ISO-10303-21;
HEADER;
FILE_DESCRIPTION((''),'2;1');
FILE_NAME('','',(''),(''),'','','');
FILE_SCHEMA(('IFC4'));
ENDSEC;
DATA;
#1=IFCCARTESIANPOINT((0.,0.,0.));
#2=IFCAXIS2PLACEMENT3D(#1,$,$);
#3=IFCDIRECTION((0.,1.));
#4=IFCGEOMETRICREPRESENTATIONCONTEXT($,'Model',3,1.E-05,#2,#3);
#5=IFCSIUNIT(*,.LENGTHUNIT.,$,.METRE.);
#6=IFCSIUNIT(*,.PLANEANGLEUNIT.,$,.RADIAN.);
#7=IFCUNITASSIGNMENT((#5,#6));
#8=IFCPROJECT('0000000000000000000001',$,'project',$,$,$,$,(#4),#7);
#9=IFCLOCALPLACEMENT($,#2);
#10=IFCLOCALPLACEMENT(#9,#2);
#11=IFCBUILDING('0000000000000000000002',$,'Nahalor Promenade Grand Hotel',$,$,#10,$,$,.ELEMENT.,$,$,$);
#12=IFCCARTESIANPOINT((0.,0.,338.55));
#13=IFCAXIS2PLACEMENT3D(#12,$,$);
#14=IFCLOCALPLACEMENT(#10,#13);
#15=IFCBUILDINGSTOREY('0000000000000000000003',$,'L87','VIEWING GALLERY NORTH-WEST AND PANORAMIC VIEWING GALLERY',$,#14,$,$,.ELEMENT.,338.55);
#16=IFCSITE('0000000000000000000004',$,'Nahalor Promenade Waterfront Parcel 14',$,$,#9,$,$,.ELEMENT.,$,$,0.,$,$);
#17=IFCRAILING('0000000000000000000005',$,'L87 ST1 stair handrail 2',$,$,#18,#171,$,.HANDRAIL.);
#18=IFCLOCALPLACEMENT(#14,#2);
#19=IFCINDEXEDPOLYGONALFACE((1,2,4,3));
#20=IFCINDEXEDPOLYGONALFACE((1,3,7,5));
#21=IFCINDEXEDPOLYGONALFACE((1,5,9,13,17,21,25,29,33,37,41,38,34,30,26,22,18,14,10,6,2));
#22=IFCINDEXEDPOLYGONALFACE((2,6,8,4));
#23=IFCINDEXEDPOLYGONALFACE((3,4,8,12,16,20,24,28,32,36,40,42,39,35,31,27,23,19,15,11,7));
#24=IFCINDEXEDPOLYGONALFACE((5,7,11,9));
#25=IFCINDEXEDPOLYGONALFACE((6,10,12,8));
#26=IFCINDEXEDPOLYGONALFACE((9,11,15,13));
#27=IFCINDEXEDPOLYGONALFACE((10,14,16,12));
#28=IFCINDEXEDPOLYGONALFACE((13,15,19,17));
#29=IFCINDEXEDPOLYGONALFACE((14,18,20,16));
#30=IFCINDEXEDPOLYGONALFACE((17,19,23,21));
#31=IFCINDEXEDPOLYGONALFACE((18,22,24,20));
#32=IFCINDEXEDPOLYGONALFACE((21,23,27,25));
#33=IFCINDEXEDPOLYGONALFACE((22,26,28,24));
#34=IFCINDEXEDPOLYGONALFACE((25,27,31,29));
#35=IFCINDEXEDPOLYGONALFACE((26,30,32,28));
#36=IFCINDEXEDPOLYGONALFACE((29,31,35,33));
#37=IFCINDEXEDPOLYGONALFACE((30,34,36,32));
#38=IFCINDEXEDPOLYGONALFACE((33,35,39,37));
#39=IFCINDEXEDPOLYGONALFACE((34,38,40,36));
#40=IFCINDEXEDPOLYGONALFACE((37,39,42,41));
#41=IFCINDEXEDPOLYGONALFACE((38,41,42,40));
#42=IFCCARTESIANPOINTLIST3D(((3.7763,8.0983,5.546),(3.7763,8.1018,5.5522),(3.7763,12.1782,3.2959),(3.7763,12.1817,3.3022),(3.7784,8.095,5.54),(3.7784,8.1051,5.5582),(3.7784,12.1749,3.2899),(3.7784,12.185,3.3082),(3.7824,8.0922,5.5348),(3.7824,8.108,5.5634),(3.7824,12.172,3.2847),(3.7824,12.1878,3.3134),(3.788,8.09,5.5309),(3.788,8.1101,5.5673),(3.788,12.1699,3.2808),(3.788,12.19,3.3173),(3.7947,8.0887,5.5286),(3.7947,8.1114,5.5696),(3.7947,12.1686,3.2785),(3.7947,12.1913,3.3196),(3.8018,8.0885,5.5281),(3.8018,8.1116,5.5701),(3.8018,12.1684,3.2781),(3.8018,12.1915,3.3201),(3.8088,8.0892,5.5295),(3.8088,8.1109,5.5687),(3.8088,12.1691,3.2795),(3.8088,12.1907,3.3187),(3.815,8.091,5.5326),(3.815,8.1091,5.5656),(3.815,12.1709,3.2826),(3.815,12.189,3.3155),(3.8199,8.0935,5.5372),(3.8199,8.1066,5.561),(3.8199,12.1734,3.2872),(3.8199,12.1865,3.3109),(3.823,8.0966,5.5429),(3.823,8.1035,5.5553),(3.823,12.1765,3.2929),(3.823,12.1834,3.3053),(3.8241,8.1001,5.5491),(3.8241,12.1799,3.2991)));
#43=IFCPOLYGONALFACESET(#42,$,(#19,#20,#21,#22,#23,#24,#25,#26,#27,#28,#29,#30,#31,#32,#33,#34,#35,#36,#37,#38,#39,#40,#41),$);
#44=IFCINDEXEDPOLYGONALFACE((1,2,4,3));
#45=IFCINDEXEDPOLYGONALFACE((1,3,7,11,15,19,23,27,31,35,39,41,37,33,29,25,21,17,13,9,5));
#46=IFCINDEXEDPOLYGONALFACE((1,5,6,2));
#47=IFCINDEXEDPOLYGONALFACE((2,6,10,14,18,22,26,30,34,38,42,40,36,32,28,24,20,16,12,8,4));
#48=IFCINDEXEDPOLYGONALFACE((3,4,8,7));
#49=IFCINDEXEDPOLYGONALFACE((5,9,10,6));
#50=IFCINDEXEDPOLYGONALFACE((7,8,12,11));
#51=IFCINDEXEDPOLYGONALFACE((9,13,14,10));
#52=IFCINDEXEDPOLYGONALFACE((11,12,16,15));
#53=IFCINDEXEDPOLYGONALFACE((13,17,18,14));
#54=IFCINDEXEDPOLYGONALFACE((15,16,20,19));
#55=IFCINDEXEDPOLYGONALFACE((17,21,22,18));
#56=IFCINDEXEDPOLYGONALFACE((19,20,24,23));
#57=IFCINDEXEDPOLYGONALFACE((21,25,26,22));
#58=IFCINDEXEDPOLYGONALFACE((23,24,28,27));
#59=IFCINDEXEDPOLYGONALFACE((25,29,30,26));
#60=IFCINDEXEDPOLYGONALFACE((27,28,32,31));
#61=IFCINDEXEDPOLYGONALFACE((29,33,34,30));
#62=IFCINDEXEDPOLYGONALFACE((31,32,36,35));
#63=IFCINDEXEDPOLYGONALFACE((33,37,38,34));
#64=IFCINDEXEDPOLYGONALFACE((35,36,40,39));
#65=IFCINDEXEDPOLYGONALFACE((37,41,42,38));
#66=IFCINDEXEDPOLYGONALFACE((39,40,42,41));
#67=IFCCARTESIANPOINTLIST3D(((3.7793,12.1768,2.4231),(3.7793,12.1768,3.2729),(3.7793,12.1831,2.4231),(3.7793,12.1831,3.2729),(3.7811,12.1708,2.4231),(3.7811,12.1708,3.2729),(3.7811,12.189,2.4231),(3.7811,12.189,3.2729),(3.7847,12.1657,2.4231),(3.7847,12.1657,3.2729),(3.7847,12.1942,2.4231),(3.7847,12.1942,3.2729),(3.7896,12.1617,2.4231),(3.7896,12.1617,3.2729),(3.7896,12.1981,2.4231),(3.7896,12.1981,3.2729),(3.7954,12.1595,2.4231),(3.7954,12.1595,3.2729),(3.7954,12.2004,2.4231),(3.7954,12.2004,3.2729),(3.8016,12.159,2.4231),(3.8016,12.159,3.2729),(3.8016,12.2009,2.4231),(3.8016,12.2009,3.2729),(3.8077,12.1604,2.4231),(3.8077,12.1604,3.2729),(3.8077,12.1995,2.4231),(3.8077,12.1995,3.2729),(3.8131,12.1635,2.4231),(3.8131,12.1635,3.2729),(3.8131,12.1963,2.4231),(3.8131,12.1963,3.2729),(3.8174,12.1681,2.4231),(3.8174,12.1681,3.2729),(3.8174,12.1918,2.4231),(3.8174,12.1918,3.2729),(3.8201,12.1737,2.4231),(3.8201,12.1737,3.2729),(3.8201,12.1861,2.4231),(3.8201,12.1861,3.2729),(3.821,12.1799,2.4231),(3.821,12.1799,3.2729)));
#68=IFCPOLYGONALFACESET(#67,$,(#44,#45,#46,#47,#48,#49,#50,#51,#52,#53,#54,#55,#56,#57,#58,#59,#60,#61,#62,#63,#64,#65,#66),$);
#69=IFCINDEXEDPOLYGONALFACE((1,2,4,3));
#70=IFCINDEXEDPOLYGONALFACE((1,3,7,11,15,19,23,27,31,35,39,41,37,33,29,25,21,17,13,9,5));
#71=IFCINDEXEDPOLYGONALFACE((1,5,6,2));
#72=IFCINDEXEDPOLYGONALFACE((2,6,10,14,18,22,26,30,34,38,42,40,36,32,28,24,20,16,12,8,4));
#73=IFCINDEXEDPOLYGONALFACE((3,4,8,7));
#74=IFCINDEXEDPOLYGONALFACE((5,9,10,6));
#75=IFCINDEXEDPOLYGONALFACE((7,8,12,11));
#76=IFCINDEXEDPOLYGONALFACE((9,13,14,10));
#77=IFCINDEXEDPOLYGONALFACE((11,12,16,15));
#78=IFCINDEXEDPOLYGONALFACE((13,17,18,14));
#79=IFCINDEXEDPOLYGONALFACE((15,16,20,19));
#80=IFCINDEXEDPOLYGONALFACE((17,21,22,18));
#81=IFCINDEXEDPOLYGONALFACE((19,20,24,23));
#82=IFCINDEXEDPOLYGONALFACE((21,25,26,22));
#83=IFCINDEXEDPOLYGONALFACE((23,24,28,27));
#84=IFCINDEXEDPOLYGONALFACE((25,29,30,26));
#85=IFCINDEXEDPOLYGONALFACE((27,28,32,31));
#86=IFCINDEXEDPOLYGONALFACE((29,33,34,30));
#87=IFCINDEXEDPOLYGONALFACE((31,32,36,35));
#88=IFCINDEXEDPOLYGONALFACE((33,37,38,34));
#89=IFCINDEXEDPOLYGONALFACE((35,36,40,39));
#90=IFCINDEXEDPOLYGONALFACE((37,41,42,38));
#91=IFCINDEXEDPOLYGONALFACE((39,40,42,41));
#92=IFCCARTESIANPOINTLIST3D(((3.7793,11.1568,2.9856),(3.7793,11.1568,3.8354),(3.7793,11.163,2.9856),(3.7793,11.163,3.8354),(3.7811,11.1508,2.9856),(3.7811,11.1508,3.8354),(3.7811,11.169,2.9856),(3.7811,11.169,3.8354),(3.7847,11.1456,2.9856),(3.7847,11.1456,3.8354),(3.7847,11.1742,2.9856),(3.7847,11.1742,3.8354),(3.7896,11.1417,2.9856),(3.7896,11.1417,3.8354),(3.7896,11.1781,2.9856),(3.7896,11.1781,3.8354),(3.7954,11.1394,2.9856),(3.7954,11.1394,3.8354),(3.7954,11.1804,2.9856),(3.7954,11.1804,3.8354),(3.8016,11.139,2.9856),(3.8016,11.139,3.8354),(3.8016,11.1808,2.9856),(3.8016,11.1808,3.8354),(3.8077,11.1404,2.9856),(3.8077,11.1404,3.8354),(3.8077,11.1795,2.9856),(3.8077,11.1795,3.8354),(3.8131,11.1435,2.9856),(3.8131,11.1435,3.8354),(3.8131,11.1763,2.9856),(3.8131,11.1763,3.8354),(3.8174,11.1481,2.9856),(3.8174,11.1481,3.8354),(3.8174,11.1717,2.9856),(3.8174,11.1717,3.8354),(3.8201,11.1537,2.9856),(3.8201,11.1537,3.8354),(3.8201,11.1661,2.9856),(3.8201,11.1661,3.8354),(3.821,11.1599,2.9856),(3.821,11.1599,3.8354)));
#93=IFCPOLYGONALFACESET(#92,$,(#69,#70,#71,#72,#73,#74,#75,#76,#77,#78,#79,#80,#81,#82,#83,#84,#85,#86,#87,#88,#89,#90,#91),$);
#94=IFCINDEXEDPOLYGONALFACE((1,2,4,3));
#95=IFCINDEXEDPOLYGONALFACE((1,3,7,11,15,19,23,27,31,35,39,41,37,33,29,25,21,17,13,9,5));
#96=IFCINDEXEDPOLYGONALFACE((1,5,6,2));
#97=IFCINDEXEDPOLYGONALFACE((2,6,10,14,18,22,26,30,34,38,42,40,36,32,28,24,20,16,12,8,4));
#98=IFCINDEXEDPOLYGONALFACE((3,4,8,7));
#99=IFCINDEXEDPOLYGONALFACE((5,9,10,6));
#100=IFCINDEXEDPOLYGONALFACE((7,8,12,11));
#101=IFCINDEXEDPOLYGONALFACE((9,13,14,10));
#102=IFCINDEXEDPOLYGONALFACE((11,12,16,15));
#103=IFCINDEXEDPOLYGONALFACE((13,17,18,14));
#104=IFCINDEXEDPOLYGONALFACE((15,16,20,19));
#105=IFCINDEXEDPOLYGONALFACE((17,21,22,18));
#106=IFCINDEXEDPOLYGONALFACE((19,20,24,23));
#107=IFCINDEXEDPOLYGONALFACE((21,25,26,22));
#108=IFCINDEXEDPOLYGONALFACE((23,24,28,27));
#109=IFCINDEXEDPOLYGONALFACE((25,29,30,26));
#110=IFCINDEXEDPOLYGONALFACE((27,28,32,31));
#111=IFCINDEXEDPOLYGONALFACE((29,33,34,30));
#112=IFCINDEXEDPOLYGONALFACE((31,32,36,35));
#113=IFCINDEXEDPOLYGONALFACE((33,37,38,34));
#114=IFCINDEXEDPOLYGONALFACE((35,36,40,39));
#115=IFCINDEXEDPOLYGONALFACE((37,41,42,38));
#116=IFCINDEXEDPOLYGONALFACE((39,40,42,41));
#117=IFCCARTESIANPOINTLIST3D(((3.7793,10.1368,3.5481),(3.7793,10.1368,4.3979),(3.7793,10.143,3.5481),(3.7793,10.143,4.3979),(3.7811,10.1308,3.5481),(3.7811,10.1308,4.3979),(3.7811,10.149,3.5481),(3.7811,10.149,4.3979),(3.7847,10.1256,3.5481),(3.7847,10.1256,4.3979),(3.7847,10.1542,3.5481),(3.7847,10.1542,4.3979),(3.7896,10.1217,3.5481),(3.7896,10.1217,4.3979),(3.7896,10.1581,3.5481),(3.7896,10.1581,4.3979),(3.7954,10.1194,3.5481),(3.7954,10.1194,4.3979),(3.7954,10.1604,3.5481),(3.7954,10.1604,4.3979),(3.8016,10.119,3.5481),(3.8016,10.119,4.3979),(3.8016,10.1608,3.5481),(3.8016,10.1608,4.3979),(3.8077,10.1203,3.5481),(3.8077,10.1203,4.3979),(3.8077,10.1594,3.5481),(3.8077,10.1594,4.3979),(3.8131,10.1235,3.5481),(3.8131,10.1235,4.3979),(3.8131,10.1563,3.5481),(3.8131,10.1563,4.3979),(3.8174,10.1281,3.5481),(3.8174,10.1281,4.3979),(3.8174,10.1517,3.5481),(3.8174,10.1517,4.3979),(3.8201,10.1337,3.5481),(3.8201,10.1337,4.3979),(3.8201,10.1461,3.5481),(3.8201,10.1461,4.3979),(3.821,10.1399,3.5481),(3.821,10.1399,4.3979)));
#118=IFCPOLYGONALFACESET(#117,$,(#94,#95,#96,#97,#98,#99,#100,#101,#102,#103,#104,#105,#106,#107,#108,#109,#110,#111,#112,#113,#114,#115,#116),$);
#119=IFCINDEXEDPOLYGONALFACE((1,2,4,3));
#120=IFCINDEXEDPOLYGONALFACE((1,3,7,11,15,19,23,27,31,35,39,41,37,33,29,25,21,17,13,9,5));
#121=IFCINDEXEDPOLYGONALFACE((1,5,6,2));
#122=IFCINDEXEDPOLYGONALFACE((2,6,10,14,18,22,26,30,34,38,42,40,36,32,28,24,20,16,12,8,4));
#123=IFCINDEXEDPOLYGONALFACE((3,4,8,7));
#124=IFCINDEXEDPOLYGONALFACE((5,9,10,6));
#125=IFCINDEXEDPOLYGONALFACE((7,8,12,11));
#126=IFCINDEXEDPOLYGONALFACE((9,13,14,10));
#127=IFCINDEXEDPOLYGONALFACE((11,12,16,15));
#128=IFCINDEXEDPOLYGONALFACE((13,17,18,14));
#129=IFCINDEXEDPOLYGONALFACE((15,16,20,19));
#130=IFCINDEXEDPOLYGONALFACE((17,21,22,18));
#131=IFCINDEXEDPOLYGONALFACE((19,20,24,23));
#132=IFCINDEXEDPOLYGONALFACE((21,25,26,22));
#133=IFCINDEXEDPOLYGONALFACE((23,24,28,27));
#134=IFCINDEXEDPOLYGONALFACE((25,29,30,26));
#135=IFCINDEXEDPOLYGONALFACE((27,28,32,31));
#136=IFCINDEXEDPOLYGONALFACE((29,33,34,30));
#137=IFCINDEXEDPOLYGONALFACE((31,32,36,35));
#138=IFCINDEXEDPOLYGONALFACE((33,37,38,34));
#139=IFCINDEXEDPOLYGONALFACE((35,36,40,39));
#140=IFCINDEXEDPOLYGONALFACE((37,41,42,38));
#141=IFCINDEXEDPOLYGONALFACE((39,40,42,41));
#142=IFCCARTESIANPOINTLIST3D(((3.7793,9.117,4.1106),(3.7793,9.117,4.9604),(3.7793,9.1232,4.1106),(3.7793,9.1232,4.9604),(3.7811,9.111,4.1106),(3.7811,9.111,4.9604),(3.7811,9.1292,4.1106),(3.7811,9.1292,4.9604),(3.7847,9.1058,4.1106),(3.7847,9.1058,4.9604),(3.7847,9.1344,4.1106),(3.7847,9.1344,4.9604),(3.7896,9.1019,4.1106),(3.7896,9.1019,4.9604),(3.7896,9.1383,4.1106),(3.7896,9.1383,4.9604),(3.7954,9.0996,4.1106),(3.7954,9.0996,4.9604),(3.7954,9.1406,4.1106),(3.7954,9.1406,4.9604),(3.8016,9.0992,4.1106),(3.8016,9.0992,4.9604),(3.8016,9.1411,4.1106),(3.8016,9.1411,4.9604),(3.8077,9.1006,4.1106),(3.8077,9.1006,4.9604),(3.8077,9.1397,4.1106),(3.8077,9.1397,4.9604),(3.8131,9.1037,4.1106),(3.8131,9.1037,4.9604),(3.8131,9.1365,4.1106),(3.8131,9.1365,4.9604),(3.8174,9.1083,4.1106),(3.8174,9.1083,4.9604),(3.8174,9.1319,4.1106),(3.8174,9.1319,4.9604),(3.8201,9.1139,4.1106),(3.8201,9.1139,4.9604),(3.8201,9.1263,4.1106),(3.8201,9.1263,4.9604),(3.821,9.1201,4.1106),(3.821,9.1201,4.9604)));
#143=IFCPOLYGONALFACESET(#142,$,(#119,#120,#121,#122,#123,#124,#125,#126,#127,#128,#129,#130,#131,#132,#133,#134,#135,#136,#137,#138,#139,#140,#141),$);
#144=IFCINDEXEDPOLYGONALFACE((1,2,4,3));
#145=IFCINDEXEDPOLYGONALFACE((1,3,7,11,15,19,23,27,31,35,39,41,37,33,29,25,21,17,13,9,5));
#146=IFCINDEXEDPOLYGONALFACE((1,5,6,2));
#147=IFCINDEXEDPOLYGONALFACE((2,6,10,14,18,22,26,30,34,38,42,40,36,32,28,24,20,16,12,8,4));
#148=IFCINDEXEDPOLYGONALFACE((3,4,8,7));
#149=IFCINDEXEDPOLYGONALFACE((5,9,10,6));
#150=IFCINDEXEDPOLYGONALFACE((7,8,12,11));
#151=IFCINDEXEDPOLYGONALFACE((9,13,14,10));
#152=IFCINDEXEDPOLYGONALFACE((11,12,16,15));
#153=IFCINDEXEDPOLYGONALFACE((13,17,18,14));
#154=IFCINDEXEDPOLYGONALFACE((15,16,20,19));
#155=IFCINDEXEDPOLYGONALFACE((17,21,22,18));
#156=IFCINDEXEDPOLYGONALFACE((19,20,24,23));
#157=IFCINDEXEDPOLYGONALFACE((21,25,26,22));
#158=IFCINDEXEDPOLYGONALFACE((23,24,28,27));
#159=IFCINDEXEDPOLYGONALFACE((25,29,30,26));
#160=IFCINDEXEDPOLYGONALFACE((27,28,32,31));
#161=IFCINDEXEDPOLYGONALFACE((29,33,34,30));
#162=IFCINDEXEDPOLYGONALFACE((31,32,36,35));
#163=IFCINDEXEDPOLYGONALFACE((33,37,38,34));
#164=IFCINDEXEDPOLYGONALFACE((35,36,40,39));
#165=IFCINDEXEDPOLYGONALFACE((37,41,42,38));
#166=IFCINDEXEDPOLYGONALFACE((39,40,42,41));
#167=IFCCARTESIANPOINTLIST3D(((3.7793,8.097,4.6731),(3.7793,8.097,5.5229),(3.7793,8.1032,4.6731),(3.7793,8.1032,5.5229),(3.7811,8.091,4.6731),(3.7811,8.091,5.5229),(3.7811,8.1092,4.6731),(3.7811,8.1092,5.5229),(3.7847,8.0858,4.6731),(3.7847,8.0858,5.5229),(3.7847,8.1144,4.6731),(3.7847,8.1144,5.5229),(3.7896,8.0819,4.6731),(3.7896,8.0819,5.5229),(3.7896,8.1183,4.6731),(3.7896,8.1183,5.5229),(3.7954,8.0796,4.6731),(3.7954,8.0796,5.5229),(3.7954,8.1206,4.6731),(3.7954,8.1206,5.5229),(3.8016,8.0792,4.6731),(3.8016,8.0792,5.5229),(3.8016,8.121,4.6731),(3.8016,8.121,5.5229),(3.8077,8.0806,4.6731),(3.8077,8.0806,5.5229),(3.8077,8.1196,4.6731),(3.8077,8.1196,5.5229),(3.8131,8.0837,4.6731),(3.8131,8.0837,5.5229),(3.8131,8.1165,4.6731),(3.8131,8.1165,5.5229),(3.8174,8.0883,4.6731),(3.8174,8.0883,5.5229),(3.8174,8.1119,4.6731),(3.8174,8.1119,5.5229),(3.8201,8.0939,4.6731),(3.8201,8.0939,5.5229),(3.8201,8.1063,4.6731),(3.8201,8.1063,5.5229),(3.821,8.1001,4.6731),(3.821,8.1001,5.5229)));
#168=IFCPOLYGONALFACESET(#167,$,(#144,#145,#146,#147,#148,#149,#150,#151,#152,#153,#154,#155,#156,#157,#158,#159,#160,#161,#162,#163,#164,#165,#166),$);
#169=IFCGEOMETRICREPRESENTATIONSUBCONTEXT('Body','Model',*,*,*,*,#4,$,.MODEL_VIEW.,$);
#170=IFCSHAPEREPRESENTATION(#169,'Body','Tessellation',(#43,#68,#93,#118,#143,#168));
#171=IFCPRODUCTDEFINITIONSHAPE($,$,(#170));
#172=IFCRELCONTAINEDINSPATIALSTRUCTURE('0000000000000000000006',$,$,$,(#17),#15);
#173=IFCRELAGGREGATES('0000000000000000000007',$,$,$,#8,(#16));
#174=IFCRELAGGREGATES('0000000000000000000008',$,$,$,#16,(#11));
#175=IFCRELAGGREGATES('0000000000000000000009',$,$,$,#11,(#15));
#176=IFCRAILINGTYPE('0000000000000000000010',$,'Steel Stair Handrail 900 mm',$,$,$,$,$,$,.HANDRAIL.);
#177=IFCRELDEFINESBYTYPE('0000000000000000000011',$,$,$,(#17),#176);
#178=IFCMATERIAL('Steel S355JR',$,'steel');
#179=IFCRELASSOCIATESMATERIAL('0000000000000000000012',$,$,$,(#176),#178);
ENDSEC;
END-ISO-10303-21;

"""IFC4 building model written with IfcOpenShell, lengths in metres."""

from ifc_helpers import new_model, si_unit, direction, frame, origin, origin_2d, place, context, subcontext, project, spatial, circle, extrude, material, type_object, element, save


model = new_model("IFC4")

# Units and contexts
model_context = context("Model", 3, precision=1e-05, world=origin(), true_north=direction((0.0, 1.0)))
body_context = subcontext(model_context, "Body", "Model", "MODEL_VIEW")
ifc_project = project(units=[si_unit("LENGTHUNIT", "METRE"), si_unit("PLANEANGLEUNIT", "RADIAN")], contexts=[model_context])

# Site, building, storey
site_placement = place(None, origin())
site = spatial("IfcSite", under=ifc_project, at=site_placement, Name="Nahalor Promenade Waterfront Parcel 14", CompositionType="ELEMENT", RefElevation=0.0)
building_placement = place(site_placement, origin())
building = spatial("IfcBuilding", under=site, at=building_placement, Name="Nahalor Promenade Grand Hotel", CompositionType="ELEMENT")
storey_placement = place(building_placement, frame((0.0, 0.0, 338.55)))
storey = spatial("IfcBuildingStorey", under=building, at=storey_placement, Name="L87", Description="VIEWING GALLERY NORTH-WEST AND PANORAMIC VIEWING GALLERY", CompositionType="ELEMENT", Elevation=338.55)

# Shared definitions
ifc_material_1 = material(Name="Steel S355JR", Category="steel")

# Railing
railing_type_1 = type_object("IfcRailingType", Name="Steel Stair Handrail 900 mm", PredefinedType="HANDRAIL", material=ifc_material_1)
railing_1_placement = place(storey_placement, frame((3.8, 12.1799, 2.4231)))
element("IfcRailing", 1, at=railing_1_placement, inside=storey, type_object=railing_type_1, Name="L87 ST1 stair handrail 2", PredefinedType="HANDRAIL", context=body_context, shape_type="SweptSolid", body=[
    extrude(circle(Radius=0.024, at=origin_2d()), frame((0.0, 0.0, 0.876), z_axis=(0.0, -0.875663, 0.482922), x_axis=(1.0, 0.0, 0.0)), (0.0, 0.0, 1.0), 4.6592),
    extrude(circle(Radius=0.021, at=origin_2d()), origin(), (0.0, 0.0, 1.0), 0.8499),
    extrude(circle(Radius=0.021, at=origin_2d()), frame((0.0, -1.02, 0.5625)), (0.0, 0.0, 1.0), 0.8499),
    extrude(circle(Radius=0.021, at=origin_2d()), frame((0.0, -2.04, 1.125)), (0.0, 0.0, 1.0), 0.8499),
    extrude(circle(Radius=0.021, at=origin_2d()), frame((0.0, -3.0598, 1.6875)), (0.0, 0.0, 1.0), 0.8499),
    extrude(circle(Radius=0.021, at=origin_2d()), frame((0.0, -4.0798, 2.25)), (0.0, 0.0, 1.0), 0.8499),
])

save(model, "model.ifc")
